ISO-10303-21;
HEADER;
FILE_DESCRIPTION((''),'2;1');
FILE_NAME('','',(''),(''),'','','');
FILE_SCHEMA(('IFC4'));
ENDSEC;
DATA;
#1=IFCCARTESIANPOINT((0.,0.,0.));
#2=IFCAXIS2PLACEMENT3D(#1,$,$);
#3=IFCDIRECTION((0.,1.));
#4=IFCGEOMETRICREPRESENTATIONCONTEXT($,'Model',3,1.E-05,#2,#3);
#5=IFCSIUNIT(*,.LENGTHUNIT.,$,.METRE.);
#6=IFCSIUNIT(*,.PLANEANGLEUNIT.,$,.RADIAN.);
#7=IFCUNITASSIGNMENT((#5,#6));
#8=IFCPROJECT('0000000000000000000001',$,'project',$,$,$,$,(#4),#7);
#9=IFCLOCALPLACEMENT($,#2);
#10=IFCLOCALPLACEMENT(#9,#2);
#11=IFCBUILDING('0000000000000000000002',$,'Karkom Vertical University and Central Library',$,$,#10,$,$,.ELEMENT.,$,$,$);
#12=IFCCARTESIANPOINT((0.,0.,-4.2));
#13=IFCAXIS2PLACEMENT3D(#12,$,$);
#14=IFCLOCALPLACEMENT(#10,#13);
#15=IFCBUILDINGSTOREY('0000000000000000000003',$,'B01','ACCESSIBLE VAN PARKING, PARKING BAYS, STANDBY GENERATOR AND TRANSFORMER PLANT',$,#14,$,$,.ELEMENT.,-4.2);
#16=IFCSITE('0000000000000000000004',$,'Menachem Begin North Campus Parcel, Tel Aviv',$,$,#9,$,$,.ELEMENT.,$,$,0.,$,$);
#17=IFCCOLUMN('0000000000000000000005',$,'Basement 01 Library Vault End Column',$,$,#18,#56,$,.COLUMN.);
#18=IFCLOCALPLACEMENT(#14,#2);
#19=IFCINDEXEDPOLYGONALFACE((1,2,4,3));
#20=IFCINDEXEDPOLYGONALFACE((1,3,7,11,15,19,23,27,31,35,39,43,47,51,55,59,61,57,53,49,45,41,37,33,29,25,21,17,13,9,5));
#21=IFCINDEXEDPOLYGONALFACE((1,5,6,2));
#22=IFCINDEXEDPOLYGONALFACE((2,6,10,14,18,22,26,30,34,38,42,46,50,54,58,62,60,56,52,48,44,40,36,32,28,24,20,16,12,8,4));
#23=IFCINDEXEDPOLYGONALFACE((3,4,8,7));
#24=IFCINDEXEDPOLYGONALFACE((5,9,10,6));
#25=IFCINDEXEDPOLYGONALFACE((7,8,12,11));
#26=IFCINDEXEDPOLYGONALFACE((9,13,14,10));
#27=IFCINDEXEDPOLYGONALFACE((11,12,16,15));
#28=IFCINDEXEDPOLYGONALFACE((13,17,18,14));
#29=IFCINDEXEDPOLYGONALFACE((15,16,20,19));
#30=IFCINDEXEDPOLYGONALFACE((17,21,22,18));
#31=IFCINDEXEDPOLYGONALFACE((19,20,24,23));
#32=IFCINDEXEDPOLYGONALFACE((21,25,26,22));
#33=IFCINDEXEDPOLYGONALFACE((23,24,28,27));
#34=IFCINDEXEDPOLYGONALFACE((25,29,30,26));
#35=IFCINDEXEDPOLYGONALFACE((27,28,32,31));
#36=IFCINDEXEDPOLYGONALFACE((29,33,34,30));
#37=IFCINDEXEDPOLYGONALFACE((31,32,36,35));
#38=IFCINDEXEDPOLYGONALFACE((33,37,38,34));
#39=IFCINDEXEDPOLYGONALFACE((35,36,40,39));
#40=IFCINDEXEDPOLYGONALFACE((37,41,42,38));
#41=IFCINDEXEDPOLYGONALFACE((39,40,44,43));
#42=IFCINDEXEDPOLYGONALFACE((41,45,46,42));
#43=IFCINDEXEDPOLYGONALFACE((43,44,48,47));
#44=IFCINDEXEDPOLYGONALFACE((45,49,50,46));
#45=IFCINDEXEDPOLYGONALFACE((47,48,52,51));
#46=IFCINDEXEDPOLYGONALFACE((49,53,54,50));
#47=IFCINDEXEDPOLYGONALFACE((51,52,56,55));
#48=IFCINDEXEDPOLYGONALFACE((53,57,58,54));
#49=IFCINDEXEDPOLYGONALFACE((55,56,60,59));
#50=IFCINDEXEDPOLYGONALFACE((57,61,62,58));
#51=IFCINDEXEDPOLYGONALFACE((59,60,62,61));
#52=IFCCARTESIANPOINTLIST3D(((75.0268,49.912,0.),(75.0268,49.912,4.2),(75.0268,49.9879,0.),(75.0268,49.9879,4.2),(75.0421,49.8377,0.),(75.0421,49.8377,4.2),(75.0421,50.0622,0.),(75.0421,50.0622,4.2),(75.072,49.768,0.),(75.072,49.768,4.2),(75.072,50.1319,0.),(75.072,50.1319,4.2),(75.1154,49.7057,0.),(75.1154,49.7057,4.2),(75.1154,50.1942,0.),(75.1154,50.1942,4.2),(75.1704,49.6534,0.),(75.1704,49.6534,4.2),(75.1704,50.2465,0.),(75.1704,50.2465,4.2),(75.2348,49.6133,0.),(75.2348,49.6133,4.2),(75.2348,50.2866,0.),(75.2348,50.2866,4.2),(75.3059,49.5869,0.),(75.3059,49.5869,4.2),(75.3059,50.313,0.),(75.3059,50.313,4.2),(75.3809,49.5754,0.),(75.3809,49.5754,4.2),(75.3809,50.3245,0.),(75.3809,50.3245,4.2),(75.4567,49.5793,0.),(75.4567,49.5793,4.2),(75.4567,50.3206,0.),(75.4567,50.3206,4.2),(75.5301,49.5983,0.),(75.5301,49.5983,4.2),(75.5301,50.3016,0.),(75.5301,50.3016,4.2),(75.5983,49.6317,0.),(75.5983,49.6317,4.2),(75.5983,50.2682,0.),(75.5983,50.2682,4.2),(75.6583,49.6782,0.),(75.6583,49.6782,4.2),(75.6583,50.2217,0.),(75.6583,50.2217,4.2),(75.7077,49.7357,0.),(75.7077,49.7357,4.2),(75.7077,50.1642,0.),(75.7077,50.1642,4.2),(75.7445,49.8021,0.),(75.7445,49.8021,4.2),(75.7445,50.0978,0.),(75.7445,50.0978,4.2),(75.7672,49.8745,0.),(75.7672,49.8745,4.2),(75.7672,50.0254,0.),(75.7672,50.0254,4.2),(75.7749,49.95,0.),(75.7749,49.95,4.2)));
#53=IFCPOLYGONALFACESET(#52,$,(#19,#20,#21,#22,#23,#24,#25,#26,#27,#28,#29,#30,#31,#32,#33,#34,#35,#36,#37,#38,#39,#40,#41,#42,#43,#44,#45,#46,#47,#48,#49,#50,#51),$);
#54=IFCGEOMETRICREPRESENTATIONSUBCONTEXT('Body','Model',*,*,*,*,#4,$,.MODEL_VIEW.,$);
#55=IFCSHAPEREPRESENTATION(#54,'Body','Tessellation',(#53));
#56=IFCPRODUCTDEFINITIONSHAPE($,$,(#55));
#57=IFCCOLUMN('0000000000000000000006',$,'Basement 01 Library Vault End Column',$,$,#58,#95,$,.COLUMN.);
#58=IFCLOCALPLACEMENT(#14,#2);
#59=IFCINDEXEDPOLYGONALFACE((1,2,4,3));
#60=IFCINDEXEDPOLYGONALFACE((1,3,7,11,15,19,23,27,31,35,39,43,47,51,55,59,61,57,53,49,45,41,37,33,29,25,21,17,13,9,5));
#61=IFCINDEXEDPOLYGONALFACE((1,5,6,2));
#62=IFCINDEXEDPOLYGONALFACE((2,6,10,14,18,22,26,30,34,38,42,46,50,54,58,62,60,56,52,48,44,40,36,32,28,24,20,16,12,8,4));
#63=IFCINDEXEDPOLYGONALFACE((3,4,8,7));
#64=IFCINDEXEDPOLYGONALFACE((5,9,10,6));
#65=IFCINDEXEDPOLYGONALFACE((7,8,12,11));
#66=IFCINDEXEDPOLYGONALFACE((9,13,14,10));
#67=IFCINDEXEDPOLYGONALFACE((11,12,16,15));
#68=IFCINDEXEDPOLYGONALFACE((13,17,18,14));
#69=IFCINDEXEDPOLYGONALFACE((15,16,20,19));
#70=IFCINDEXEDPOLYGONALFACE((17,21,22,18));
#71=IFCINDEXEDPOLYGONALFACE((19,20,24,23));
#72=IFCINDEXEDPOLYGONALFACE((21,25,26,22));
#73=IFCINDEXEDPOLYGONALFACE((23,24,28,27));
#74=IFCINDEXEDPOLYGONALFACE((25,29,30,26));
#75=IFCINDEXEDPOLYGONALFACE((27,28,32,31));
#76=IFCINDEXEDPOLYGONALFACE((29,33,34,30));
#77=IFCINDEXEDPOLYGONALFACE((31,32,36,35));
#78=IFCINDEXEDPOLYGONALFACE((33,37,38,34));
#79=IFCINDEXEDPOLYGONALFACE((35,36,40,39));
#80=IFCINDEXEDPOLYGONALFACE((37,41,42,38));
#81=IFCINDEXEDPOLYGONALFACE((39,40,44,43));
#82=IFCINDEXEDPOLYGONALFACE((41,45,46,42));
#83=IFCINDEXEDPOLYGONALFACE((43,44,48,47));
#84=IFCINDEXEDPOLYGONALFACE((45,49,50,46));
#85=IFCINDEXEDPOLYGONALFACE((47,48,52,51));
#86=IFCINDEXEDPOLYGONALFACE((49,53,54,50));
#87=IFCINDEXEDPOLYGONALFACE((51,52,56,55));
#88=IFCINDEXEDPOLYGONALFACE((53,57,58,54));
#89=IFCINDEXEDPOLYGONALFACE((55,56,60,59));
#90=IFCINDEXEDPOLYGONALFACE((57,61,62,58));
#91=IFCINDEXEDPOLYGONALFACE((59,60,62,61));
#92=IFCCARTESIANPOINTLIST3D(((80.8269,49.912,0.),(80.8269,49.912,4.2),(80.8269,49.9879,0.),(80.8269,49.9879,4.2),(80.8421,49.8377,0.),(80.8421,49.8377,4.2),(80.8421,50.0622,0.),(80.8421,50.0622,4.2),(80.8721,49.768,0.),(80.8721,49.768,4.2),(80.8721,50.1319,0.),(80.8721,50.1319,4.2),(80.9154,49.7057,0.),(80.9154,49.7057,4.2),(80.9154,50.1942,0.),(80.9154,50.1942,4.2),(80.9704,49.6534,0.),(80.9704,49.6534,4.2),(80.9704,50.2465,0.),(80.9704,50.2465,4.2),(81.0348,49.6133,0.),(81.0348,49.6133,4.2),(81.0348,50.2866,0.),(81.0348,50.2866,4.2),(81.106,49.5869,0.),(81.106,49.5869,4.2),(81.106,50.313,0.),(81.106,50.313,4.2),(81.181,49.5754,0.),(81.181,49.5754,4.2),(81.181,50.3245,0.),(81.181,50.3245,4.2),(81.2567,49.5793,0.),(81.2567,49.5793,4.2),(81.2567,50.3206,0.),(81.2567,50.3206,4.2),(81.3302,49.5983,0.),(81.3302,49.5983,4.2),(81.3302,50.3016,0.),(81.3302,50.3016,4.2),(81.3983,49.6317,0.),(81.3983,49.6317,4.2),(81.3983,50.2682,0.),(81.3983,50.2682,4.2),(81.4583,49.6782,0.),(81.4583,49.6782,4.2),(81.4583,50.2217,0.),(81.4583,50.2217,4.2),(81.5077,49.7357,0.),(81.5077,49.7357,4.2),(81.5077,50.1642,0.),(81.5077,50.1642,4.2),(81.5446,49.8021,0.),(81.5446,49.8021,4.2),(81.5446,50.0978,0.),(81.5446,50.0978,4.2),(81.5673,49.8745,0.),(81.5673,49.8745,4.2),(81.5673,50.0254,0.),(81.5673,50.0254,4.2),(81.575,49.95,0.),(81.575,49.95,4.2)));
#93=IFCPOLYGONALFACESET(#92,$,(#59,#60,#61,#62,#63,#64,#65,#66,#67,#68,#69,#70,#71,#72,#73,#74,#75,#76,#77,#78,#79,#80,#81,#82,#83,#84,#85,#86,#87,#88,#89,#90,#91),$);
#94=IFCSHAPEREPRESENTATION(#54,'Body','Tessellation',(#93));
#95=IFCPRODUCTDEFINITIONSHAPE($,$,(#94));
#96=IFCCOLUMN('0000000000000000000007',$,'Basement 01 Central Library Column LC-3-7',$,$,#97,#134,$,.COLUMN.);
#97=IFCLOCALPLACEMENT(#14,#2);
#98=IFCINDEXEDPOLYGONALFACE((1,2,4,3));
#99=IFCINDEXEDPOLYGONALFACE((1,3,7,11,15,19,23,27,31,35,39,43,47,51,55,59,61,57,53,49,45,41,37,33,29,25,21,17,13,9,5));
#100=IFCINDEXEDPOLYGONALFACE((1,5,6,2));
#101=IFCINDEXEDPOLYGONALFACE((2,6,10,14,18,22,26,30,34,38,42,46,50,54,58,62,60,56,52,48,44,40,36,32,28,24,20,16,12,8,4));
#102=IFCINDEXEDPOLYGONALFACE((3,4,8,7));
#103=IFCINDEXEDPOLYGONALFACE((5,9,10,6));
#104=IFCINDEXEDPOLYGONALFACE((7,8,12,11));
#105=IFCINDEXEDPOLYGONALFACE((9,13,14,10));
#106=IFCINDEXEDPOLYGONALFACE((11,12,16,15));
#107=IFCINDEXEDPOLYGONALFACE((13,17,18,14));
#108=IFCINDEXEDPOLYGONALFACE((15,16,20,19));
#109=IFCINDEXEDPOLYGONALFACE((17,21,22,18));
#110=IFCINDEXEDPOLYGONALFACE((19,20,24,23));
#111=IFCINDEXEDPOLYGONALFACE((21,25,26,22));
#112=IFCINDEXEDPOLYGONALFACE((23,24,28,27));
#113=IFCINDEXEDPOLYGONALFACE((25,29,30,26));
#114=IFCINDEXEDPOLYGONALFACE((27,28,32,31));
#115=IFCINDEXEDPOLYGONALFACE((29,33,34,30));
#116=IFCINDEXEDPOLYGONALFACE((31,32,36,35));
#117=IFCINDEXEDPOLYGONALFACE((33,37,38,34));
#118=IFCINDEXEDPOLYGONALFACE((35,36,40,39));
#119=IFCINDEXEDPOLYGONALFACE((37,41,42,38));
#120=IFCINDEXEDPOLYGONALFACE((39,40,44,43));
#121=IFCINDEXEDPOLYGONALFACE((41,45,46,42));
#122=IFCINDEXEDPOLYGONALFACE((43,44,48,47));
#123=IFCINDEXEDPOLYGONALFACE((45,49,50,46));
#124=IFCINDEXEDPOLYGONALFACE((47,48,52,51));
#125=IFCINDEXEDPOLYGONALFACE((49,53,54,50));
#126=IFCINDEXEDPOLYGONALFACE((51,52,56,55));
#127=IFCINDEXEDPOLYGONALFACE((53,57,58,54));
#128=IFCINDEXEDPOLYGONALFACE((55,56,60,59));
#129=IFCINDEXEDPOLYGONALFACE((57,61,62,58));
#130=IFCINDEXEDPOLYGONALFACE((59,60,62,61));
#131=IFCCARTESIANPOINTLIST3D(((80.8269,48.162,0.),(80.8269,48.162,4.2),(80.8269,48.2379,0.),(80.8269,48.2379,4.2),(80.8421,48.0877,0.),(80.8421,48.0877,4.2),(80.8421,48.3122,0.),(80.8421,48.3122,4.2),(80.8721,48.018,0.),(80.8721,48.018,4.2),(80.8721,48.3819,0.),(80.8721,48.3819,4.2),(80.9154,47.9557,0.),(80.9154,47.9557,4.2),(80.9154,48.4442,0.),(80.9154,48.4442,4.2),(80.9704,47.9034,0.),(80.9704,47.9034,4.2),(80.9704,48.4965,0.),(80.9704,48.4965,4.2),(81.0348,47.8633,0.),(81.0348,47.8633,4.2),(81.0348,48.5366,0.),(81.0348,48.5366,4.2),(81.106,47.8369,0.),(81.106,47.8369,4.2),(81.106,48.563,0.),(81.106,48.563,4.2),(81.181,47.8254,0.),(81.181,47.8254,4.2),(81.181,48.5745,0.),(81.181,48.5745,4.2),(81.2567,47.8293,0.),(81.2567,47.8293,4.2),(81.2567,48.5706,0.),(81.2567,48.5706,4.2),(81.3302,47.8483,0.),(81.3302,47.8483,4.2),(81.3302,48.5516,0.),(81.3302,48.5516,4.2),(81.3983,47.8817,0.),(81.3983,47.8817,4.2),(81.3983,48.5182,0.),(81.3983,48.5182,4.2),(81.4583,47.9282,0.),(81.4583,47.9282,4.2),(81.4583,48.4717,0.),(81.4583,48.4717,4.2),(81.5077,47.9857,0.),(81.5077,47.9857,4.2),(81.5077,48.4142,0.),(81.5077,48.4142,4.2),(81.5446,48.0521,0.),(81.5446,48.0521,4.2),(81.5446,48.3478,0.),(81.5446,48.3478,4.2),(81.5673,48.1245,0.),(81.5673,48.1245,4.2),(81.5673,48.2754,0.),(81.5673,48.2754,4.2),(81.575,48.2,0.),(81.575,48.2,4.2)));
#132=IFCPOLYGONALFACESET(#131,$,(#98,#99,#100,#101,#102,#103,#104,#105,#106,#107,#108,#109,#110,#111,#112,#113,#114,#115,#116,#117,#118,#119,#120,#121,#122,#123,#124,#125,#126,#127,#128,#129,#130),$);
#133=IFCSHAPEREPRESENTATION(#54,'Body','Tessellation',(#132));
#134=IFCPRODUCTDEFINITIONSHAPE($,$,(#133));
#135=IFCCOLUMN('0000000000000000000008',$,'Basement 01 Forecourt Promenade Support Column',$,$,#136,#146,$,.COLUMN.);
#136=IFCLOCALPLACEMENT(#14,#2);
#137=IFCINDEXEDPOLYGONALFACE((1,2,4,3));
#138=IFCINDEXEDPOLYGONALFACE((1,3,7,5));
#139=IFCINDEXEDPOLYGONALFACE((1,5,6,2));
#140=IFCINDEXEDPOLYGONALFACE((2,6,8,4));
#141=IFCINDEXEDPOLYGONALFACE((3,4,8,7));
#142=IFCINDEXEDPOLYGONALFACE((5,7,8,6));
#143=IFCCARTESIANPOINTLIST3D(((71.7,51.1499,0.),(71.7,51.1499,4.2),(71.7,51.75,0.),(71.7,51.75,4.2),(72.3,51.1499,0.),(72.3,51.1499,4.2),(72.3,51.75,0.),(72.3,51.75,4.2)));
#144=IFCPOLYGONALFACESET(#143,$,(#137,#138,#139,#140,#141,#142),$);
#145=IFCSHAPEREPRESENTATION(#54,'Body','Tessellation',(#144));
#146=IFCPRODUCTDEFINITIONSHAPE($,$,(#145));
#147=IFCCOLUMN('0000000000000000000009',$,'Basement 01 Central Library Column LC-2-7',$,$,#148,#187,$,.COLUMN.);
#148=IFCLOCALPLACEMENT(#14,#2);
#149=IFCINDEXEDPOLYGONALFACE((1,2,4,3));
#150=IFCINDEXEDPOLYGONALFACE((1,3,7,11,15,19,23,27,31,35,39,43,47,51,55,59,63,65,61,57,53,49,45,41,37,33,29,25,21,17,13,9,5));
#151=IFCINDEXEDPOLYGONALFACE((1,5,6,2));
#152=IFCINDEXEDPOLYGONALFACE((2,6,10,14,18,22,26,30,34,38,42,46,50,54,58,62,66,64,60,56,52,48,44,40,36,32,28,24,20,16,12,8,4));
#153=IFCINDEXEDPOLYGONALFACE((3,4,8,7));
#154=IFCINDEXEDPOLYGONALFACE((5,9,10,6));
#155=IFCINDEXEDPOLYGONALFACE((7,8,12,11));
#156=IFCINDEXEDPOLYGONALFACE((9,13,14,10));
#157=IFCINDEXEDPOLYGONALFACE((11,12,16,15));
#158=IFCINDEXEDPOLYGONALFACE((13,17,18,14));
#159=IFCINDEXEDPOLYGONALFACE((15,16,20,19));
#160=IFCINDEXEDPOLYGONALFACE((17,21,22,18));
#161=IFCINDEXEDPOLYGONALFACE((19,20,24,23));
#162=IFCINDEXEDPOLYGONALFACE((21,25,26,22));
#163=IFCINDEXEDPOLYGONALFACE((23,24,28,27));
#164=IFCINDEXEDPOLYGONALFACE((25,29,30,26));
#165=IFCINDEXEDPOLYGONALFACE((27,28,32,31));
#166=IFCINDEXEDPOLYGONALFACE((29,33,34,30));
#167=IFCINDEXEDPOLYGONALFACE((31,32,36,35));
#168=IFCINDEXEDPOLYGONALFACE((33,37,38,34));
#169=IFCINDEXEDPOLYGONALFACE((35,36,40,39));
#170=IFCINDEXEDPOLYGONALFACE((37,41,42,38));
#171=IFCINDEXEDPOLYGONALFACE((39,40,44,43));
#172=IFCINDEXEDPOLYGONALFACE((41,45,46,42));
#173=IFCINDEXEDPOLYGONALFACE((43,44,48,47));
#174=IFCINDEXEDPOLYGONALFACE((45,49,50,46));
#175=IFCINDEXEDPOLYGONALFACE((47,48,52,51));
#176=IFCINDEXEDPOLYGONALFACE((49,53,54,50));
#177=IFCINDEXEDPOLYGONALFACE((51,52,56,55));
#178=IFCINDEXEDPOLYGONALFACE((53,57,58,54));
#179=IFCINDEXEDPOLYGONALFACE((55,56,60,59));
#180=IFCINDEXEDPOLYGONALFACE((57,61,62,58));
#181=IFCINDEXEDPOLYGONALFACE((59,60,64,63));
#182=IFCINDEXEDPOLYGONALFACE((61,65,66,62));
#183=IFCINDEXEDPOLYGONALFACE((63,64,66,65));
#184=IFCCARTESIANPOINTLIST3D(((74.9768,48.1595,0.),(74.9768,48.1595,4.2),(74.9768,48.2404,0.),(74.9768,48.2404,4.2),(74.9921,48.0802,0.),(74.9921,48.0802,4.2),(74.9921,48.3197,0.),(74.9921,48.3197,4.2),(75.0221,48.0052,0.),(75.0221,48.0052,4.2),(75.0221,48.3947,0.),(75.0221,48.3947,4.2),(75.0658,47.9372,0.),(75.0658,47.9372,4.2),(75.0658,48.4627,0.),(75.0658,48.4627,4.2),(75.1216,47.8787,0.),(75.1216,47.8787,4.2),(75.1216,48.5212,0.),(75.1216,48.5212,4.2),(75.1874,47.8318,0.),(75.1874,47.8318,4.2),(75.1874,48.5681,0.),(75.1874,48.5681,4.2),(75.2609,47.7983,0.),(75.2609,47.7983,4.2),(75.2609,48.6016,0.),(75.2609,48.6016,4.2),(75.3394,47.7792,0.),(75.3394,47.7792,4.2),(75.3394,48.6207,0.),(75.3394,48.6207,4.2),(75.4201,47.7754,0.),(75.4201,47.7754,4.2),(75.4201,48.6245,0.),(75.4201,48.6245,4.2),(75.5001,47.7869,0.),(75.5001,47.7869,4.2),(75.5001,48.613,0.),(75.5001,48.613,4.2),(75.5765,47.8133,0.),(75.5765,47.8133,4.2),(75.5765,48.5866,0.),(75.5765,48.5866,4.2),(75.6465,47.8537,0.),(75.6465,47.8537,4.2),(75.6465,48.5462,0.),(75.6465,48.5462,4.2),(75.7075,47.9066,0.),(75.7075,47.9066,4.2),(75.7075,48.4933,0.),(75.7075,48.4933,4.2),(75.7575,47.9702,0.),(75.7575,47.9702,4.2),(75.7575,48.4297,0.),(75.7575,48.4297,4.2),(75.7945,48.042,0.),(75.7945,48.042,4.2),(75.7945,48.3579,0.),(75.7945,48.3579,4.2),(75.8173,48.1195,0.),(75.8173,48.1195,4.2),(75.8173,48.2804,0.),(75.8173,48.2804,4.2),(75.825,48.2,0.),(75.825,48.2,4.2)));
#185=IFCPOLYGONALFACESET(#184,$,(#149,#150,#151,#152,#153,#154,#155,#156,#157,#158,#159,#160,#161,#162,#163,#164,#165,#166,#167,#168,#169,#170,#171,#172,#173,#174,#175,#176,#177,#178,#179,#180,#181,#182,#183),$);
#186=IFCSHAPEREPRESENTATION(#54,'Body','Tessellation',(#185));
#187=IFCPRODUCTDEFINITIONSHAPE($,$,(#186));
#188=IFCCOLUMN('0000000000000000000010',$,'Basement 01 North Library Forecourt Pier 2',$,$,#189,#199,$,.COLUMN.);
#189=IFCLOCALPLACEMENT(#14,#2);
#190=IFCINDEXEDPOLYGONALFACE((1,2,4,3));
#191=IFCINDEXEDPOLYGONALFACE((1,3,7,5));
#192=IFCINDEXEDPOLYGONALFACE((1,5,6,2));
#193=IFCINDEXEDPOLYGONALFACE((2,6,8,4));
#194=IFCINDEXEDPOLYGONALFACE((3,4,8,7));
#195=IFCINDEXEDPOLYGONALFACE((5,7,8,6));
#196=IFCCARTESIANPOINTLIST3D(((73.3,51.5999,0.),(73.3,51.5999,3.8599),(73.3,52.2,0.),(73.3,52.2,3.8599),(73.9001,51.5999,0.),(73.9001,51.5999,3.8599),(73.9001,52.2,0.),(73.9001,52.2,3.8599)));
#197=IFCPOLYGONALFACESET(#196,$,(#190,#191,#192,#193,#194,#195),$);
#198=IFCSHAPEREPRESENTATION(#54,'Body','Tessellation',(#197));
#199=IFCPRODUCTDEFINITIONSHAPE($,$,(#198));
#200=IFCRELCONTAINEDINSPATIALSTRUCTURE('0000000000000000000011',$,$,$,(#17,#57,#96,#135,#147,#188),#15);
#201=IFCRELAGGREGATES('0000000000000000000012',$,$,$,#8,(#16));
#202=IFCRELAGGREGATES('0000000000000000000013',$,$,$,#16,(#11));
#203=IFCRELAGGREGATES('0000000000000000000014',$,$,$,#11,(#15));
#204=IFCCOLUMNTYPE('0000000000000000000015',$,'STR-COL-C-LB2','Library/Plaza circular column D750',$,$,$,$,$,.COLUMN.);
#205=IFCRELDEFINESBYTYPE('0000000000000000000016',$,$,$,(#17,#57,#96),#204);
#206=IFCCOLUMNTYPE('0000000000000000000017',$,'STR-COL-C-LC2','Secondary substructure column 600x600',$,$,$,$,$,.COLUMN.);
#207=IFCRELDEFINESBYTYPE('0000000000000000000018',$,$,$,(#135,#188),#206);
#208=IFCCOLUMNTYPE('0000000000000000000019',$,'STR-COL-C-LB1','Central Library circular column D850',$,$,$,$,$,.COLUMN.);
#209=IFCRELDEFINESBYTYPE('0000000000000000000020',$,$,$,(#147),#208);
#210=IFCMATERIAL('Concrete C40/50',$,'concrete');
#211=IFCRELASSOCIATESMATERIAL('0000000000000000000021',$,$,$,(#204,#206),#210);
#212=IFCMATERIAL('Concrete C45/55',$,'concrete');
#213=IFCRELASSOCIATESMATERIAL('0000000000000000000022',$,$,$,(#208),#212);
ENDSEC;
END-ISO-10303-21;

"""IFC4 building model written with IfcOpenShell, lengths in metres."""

from ifc_helpers import new_model, si_unit, direction, frame, origin, origin_with_axes, origin_2d, place, context, subcontext, project, spatial, rectangle, circle, extrude, source, transform, mapped, material, material_profile, profile_set, type_object, element, save


model = new_model("IFC4")

# Units and contexts
model_context = context("Model", 3, precision=1e-05, world=origin(), true_north=direction((0.0, 1.0)))
body_context = subcontext(model_context, "Body", "Model", "MODEL_VIEW")
ifc_project = project(units=[si_unit("LENGTHUNIT", "METRE"), si_unit("PLANEANGLEUNIT", "RADIAN")], contexts=[model_context])

# Site, building, storey
site_placement = place(None, origin())
site = spatial("IfcSite", under=ifc_project, at=site_placement, Name="Menachem Begin North Campus Parcel, Tel Aviv", CompositionType="ELEMENT", RefElevation=0.0)
building_placement = place(site_placement, origin())
building = spatial("IfcBuilding", under=site, at=building_placement, Name="Karkom Vertical University and Central Library", CompositionType="ELEMENT")
storey_placement = place(building_placement, frame((0.0, 0.0, -4.2)))
storey = spatial("IfcBuildingStorey", under=building, at=storey_placement, Name="B01", Description="ACCESSIBLE VAN PARKING, PARKING BAYS, STANDBY GENERATOR AND TRANSFORMER PLANT", CompositionType="ELEMENT", Elevation=-4.2)

# Columns
ifc_material_1 = material(Name="Concrete C40/50", Category="concrete")
ifc_material_profile_1 = material_profile(ifc_material_1, circle(Radius=0.375, at=origin_2d()), Name="RC-D750")
ifc_profile_set_1 = profile_set([ifc_material_profile_1], Name="Concrete C40/50")
column_type_1 = type_object("IfcColumnType", Name="STR-COL-C-LB2", Description="Library/Plaza circular column D750", PredefinedType="COLUMN", material=ifc_profile_set_1)
shared_shape_1 = source(origin_with_axes(), body_context, "Body", "SweptSolid", [
    extrude(circle(Radius=0.375, at=origin_2d()), origin(), (0.0, 0.0, 1.0), 4.2),
])
for number, where, z_axis, x_axis, name in (
    (1, (75.3999, 49.95, 0.0), (0.0, 0.0, 1.0), (1.0, 0.0, 0.0), "Basement 01 Library Vault End Column"),
    (2, (81.2, 49.95, 0.0), (0.0, 0.0, 1.0), (1.0, 0.0, 0.0), "Basement 01 Library Vault End Column"),
    (3, (81.2, 48.2, 0.0), (0.0, 0.0, 1.0), (1.0, 0.0, 0.0), "Basement 01 Central Library Column LC-3-7"),
):
    element("IfcColumn", number, at=place(storey_placement, frame(where, z_axis=z_axis, x_axis=x_axis)), inside=storey, type_object=column_type_1, Name=name, PredefinedType="COLUMN", context=body_context, shape_type="MappedRepresentation", body=[
        mapped(shared_shape_1, transform((0.0, 0.0, 0.0), scale=1.0)),
    ])
ifc_material_profile_2 = material_profile(ifc_material_1, rectangle(XDim=0.6001, YDim=0.6001, at=origin_2d()), Name="RC-600x600")
ifc_profile_set_2 = profile_set([ifc_material_profile_2], Name="Concrete C40/50")
column_type_2 = type_object("IfcColumnType", Name="STR-COL-C-LC2", Description="Secondary substructure column 600x600", PredefinedType="COLUMN", material=ifc_profile_set_2)
shared_shape_2 = source(origin_with_axes(), body_context, "Body", "SweptSolid", [
    extrude(rectangle(XDim=0.6001, YDim=0.6001, at=origin_2d()), origin(), (0.0, 0.0, 1.0), 4.2),
])
column_1_placement = place(storey_placement, frame((72.0, 51.45, 0.0), z_axis=(0.0, 0.0, 1.0), x_axis=(1.0, 0.0, 0.0)))
element("IfcColumn", 4, at=column_1_placement, inside=storey, type_object=column_type_2, Name="Basement 01 Forecourt Promenade Support Column", PredefinedType="COLUMN", context=body_context, shape_type="MappedRepresentation", body=[
    mapped(shared_shape_2, transform((0.0, 0.0, 0.0), scale=1.0)),
])
ifc_material_2 = material(Name="Concrete C45/55", Category="concrete")
ifc_material_profile_3 = material_profile(ifc_material_2, circle(Radius=0.425, at=origin_2d()), Name="RC-D850")
ifc_profile_set_3 = profile_set([ifc_material_profile_3], Name="Concrete C45/55")
column_type_3 = type_object("IfcColumnType", Name="STR-COL-C-LB1", Description="Central Library circular column D850", PredefinedType="COLUMN", material=ifc_profile_set_3)
shared_shape_3 = source(origin_with_axes(), body_context, "Body", "SweptSolid", [
    extrude(circle(Radius=0.425, at=origin_2d()), origin(), (0.0, 0.0, 1.0), 4.2),
])
column_2_placement = place(storey_placement, frame((75.3999, 48.2, 0.0), z_axis=(0.0, 0.0, 1.0), x_axis=(1.0, 0.0, 0.0)))
element("IfcColumn", 5, at=column_2_placement, inside=storey, type_object=column_type_3, Name="Basement 01 Central Library Column LC-2-7", PredefinedType="COLUMN", context=body_context, shape_type="MappedRepresentation", body=[
    mapped(shared_shape_3, transform((0.0, 0.0, 0.0), scale=1.0)),
])
shared_shape_4 = source(origin_with_axes(), body_context, "Body", "SweptSolid", [
    extrude(rectangle(XDim=0.6001, YDim=0.6001, at=origin_2d()), origin(), (0.0, 0.0, 1.0), 3.8599),
])
for number, where, z_axis, x_axis, name in (
    (6, (73.6001, 51.8999, 0.0), (0.0, 0.0, 1.0), (1.0, 0.0, 0.0), "Basement 01 North Library Forecourt Pier 2"),
):
    element("IfcColumn", number, at=place(storey_placement, frame(where, z_axis=z_axis, x_axis=x_axis)), inside=storey, type_object=column_type_2, Name=name, PredefinedType="COLUMN", context=body_context, shape_type="MappedRepresentation", body=[
        mapped(shared_shape_4, transform((0.0, 0.0, 0.0), scale=1.0)),
    ])

save(model, "model.ifc")
